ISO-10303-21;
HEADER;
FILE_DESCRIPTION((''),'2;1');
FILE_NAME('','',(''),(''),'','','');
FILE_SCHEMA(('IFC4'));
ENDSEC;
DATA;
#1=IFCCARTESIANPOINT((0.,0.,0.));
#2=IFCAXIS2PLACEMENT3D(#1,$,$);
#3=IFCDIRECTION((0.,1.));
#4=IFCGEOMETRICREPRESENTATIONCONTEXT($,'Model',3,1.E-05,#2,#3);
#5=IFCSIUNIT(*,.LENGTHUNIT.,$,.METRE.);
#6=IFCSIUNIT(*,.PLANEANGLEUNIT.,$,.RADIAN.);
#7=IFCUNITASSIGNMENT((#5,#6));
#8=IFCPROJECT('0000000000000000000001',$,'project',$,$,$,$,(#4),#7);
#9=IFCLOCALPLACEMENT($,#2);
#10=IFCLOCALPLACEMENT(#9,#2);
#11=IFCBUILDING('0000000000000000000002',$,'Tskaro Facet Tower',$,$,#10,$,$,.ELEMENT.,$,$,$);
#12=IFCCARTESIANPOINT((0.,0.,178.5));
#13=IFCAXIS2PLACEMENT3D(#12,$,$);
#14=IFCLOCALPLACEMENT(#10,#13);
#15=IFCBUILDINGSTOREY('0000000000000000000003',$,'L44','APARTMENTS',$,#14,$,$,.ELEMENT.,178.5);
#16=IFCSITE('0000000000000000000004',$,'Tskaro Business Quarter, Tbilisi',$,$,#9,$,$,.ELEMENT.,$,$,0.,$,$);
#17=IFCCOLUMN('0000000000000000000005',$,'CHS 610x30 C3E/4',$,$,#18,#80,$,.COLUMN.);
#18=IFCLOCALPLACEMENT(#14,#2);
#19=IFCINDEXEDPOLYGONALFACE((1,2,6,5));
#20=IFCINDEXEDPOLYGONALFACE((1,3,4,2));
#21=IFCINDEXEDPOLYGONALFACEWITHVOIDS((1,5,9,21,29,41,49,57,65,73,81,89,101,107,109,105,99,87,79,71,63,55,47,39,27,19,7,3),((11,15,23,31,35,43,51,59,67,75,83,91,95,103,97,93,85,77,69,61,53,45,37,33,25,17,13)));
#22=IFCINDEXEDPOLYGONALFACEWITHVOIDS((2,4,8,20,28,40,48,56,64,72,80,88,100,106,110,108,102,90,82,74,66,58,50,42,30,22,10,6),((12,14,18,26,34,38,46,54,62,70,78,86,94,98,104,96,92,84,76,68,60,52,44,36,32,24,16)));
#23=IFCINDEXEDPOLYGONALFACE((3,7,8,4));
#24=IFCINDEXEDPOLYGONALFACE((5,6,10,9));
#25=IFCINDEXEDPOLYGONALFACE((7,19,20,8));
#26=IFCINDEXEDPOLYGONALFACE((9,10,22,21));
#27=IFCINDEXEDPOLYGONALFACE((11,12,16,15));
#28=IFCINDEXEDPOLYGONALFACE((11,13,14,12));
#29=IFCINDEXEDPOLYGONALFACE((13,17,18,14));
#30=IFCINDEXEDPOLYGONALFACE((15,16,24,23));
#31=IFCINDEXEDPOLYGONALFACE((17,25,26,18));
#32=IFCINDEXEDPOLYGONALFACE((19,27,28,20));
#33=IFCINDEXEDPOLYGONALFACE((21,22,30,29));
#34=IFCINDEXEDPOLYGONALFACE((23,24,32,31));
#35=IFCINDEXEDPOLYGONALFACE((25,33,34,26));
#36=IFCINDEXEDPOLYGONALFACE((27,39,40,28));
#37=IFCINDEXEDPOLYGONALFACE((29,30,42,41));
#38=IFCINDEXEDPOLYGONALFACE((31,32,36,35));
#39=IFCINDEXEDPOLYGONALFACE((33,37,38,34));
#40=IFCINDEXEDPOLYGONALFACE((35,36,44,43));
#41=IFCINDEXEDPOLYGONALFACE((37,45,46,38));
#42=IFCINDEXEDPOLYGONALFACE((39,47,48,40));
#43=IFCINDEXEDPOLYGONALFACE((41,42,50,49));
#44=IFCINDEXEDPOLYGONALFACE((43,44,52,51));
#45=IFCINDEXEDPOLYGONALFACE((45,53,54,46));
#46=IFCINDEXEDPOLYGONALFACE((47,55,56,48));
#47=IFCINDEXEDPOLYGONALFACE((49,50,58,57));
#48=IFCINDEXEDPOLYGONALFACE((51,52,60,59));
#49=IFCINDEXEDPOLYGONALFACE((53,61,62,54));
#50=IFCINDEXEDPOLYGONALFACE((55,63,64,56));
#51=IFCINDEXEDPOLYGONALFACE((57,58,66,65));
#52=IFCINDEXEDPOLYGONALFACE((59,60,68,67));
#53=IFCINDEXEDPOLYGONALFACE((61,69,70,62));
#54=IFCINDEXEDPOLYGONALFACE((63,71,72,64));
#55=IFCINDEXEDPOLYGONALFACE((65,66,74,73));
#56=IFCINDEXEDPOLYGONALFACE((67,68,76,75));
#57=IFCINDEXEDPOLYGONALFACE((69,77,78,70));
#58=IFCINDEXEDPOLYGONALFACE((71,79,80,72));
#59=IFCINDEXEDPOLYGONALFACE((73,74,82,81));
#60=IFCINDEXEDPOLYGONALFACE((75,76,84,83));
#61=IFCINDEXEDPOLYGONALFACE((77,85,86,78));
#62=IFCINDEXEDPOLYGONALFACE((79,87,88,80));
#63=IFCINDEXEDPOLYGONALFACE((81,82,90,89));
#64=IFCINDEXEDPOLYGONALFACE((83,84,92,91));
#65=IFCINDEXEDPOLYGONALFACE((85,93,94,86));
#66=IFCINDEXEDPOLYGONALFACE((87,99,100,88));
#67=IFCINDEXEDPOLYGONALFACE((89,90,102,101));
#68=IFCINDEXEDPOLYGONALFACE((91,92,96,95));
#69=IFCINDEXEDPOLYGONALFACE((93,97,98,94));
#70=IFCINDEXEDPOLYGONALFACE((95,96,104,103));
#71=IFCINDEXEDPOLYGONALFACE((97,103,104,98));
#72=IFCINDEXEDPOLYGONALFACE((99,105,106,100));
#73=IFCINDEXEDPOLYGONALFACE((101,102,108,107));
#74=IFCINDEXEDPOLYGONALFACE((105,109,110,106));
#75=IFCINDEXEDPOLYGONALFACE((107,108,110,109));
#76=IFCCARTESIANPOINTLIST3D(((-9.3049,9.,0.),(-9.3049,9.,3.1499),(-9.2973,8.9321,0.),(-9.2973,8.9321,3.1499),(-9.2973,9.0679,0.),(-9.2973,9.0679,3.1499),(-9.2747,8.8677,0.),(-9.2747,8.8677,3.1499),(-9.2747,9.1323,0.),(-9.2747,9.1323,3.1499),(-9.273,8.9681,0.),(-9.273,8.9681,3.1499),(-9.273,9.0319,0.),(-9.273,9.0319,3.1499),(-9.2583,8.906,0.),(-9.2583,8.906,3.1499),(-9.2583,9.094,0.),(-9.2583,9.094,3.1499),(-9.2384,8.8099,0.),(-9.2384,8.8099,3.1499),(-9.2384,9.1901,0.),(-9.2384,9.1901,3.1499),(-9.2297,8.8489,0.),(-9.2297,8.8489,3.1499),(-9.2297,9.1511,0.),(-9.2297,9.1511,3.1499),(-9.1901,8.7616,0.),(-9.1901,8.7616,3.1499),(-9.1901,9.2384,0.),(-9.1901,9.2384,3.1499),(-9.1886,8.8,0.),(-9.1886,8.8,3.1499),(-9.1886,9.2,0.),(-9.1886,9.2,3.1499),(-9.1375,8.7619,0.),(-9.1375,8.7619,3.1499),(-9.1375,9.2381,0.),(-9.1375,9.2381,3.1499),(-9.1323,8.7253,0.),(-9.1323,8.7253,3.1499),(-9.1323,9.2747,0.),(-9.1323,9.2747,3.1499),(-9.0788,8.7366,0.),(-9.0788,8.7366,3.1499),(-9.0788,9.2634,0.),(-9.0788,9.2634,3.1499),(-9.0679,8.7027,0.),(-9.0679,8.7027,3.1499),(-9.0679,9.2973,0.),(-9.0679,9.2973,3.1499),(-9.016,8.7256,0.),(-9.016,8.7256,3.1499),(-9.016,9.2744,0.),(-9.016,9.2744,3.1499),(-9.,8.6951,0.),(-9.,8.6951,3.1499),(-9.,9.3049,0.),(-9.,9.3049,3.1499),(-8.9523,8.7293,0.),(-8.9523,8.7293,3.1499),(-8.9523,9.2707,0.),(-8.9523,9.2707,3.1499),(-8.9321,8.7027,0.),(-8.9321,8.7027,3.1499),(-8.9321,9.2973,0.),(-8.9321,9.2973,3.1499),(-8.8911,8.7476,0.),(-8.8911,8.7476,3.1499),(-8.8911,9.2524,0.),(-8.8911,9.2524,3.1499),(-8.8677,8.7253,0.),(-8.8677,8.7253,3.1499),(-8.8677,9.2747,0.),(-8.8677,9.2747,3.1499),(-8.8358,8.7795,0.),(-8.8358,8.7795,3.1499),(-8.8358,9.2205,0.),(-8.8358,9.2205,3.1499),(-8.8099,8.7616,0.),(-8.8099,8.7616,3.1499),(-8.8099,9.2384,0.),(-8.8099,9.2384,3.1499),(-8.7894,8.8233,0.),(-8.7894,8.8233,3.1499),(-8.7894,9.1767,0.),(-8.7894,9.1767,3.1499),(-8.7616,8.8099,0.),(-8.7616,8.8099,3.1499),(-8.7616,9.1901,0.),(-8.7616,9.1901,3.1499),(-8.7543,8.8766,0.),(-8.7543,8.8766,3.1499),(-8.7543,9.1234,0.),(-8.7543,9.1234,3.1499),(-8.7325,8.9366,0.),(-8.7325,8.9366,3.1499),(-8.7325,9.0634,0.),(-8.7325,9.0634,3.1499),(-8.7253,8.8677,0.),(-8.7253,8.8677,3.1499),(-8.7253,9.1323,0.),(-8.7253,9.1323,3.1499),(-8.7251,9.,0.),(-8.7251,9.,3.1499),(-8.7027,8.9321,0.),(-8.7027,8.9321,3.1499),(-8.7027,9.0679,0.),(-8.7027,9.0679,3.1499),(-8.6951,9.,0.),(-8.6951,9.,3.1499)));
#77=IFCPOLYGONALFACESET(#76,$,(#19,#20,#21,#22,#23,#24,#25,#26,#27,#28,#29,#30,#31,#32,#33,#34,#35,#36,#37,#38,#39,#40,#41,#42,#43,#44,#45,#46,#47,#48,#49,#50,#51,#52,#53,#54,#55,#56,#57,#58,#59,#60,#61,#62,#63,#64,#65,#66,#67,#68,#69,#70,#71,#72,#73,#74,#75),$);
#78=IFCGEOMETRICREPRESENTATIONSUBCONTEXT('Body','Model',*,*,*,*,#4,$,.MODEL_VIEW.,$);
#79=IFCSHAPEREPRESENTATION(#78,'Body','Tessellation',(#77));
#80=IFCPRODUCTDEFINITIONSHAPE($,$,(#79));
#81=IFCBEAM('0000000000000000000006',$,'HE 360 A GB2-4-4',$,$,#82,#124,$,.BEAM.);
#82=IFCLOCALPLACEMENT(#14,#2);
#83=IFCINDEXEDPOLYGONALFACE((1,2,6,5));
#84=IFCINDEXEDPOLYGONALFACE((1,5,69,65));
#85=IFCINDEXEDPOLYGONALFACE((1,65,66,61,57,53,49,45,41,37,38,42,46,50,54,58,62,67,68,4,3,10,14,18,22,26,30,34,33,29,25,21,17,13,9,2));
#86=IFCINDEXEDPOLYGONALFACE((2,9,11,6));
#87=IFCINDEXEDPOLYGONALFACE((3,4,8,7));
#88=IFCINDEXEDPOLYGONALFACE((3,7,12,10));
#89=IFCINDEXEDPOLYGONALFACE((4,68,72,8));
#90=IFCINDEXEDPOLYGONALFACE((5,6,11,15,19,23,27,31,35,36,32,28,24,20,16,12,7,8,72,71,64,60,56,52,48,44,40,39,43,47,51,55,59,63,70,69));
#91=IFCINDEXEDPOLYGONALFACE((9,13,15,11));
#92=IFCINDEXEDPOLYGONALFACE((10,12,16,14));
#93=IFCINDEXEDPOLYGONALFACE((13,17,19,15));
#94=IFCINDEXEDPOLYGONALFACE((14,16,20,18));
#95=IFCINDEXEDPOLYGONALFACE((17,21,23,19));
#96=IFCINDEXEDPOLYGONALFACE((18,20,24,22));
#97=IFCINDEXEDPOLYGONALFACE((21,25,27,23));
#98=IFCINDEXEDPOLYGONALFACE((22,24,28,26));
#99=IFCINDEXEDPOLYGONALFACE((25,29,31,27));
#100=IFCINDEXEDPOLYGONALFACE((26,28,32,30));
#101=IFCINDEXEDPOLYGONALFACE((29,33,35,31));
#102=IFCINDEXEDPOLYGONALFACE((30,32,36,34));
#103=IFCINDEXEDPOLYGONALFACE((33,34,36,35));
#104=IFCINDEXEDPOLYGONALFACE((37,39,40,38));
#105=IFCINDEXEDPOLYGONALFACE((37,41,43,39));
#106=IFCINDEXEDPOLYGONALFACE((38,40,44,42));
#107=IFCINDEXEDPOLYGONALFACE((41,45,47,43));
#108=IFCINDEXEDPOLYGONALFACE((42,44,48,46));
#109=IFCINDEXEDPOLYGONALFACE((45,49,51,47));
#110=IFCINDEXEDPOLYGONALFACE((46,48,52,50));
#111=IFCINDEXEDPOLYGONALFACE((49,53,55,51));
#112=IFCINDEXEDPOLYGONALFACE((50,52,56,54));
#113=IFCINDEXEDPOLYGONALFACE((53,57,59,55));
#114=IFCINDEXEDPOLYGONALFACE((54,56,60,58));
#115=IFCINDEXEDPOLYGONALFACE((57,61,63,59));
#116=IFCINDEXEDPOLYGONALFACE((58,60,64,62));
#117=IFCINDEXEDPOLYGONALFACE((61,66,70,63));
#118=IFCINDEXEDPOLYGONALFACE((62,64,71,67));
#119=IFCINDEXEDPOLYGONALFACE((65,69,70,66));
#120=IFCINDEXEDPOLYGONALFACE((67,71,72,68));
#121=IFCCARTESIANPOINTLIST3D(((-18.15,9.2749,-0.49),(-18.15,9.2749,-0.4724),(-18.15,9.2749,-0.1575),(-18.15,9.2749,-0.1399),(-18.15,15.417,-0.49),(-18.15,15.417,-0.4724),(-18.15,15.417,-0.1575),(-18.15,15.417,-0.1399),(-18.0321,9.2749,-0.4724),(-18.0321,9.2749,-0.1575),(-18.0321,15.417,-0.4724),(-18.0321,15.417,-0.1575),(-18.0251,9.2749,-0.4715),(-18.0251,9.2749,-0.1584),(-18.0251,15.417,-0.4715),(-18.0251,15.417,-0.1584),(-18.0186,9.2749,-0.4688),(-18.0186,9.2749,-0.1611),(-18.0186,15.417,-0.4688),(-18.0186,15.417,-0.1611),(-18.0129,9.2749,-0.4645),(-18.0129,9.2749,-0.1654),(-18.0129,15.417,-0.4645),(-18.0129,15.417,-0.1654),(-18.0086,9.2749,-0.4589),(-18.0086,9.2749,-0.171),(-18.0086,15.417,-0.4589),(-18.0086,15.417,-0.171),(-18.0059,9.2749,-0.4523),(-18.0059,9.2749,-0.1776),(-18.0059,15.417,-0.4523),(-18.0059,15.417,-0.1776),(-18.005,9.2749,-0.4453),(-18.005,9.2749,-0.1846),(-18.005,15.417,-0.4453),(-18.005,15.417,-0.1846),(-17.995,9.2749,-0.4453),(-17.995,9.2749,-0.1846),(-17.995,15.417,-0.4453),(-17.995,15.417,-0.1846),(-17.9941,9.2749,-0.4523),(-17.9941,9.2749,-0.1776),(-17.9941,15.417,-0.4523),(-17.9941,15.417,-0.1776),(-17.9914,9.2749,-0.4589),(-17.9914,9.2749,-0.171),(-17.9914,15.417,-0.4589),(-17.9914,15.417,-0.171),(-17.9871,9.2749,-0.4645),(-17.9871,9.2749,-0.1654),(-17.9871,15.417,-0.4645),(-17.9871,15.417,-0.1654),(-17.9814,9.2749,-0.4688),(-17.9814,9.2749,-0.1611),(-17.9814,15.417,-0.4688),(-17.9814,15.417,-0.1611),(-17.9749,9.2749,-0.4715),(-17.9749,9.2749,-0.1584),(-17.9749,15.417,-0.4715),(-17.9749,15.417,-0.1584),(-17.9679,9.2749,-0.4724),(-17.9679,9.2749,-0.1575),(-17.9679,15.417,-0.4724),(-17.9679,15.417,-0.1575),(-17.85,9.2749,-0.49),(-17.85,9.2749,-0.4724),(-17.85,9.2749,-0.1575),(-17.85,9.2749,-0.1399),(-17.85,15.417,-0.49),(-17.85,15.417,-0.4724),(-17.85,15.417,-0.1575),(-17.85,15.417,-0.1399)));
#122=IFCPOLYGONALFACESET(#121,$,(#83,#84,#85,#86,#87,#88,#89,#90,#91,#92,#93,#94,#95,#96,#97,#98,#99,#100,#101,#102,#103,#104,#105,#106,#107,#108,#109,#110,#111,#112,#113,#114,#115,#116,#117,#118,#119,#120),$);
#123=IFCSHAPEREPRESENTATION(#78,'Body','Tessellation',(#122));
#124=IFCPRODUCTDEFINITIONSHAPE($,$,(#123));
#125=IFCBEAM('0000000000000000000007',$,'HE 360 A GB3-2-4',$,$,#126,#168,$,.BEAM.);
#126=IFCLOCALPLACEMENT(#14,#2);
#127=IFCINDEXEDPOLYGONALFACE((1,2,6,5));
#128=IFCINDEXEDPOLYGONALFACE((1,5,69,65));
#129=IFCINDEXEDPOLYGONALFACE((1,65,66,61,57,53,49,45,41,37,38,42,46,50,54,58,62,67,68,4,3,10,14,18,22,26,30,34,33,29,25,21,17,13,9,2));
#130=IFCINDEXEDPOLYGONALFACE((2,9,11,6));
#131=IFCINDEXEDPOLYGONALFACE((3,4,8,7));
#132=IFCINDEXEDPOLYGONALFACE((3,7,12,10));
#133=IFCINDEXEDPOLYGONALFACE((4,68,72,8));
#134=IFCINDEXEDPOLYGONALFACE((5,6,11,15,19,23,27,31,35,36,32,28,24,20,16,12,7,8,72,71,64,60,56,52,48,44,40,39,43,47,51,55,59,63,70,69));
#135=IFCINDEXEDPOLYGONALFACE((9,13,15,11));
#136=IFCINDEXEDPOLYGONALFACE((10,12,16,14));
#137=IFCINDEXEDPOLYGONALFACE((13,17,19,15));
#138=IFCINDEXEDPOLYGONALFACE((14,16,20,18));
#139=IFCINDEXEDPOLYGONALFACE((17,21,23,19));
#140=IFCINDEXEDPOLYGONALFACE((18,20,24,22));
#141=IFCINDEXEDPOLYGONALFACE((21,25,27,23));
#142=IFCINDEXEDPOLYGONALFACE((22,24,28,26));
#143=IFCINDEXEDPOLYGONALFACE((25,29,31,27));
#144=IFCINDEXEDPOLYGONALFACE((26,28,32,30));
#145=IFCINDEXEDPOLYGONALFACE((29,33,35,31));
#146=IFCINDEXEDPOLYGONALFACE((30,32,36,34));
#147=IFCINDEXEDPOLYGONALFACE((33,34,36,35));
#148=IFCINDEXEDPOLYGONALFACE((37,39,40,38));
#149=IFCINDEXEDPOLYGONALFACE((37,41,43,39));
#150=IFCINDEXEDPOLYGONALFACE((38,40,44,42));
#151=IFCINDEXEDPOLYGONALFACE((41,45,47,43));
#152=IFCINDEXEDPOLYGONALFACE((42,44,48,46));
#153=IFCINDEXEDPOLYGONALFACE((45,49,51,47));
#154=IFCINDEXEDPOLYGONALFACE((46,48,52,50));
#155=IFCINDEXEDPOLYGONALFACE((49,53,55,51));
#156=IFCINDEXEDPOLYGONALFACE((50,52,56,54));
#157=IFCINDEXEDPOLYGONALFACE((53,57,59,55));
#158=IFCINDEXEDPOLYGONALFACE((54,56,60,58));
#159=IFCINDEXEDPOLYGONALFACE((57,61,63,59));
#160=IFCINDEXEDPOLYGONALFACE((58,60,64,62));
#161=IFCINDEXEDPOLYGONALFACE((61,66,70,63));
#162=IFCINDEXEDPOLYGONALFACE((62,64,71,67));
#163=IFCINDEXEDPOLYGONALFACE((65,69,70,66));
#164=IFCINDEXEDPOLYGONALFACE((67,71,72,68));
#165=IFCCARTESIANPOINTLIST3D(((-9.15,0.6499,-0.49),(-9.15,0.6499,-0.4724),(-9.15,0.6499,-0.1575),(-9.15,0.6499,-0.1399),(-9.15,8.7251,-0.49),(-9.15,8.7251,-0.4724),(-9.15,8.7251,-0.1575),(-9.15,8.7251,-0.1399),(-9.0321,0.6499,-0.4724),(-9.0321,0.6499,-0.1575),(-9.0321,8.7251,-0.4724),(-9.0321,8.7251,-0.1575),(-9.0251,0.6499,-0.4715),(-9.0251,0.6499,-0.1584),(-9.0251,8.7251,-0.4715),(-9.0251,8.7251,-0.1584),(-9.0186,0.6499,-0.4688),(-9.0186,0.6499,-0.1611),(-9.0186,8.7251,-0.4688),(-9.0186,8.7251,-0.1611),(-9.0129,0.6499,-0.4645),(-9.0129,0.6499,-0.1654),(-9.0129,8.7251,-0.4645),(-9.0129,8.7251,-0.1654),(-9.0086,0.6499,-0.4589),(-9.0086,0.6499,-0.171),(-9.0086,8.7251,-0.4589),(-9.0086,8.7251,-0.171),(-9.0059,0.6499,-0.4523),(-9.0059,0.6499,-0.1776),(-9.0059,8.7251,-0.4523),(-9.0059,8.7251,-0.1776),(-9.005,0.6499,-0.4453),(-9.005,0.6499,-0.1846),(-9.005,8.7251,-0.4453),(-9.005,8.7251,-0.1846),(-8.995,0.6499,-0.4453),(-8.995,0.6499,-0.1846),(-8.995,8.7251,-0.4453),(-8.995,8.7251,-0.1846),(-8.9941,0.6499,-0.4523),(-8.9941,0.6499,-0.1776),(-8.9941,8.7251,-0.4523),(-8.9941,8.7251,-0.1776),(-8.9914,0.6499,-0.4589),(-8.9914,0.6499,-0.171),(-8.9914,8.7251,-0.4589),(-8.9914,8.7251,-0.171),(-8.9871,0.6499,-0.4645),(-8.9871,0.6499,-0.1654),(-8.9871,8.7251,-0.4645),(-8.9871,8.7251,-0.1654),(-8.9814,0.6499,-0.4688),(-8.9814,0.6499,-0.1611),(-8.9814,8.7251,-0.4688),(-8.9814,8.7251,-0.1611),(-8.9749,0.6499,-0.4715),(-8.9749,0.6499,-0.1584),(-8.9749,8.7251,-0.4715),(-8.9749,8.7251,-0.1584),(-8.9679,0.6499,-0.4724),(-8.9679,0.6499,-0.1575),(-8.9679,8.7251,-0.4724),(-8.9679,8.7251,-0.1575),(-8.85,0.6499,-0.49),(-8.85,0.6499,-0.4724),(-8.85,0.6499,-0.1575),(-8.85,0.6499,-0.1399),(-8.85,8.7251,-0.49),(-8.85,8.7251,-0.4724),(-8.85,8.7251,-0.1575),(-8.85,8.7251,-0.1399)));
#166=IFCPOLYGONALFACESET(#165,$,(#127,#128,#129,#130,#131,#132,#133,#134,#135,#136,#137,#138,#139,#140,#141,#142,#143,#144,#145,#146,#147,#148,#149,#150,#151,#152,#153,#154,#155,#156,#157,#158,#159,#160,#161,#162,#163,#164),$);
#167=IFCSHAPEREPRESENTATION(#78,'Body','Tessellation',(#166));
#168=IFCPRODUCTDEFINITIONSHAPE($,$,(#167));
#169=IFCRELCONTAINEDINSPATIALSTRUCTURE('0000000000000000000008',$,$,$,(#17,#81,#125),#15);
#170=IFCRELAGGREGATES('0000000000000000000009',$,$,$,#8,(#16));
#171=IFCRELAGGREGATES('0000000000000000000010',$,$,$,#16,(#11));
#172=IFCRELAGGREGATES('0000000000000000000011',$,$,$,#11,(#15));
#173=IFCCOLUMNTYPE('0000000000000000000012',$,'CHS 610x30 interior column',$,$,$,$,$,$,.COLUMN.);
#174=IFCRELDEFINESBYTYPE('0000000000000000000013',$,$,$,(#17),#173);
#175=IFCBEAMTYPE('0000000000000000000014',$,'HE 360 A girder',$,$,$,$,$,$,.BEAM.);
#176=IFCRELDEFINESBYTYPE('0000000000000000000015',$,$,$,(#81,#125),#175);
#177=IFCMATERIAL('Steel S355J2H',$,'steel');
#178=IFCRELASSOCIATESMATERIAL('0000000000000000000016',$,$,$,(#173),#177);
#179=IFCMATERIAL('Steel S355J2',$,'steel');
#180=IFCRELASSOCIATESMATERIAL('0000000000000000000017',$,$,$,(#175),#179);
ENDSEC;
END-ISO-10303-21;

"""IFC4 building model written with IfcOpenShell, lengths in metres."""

from ifc_helpers import new_model, si_unit, direction, frame, origin, origin_2d, place, context, subcontext, project, spatial, hollow_circle, i_section, extrude, material, material_profile, profile_set, type_object, element, save


model = new_model("IFC4")

# Units and contexts
model_context = context("Model", 3, precision=1e-05, world=origin(), true_north=direction((0.0, 1.0)))
body_context = subcontext(model_context, "Body", "Model", "MODEL_VIEW")
ifc_project = project(units=[si_unit("LENGTHUNIT", "METRE"), si_unit("PLANEANGLEUNIT", "RADIAN")], contexts=[model_context])

# Site, building, storey
site_placement = place(None, origin())
site = spatial("IfcSite", under=ifc_project, at=site_placement, Name="Tskaro Business Quarter, Tbilisi", CompositionType="ELEMENT", RefElevation=0.0)
building_placement = place(site_placement, origin())
building = spatial("IfcBuilding", under=site, at=building_placement, Name="Tskaro Facet Tower", CompositionType="ELEMENT")
storey_placement = place(building_placement, frame((0.0, 0.0, 178.5)))
storey = spatial("IfcBuildingStorey", under=building, at=storey_placement, Name="L44", Description="APARTMENTS", CompositionType="ELEMENT", Elevation=178.5)

# Column
ifc_material_1 = material(Name="Steel S355J2H", Category="steel")
ifc_material_profile_1 = material_profile(ifc_material_1, hollow_circle(Radius=0.3049, WallThickness=0.03, at=origin_2d()), Name="CHS 610x30")
ifc_profile_set_1 = profile_set([ifc_material_profile_1], Name="Steel S355J2H")
column_type = type_object("IfcColumnType", Name="CHS 610x30 interior column", PredefinedType="COLUMN", material=ifc_profile_set_1)
column_placement = place(storey_placement, frame((-9.0, 9.0, 0.0), z_axis=(0.0, 0.0, 1.0), x_axis=(1.0, 0.0, 0.0)))
element("IfcColumn", 1, at=column_placement, inside=storey, type_object=column_type, Name="CHS 610x30 C3E/4", PredefinedType="COLUMN", context=body_context, shape_type="SweptSolid", body=[
    extrude(hollow_circle(Radius=0.3049, WallThickness=0.03, at=origin_2d()), origin(), (0.0, 0.0, 1.0), 3.1499),
])

# Beams
ifc_material_2 = material(Name="Steel S355J2", Category="steel")
ifc_material_profile_2 = material_profile(ifc_material_2, i_section(OverallWidth=0.3, OverallDepth=0.3501, WebThickness=0.01, FlangeThickness=0.0176, FilletRadius=0.0271, at=origin_2d()), Name="HE 360 A")
ifc_profile_set_2 = profile_set([ifc_material_profile_2], Name="Steel S355J2")
beam_type_1 = type_object("IfcBeamType", Name="HE 360 A girder", PredefinedType="BEAM", material=ifc_profile_set_2)
beam_1_placement = place(storey_placement, frame((-18.0, 9.2749, -0.3149), z_axis=(0.0, 1.0, 0.0), x_axis=(-1.0, 0.0, 0.0)))
element("IfcBeam", 2, at=beam_1_placement, inside=storey, type_object=beam_type_1, Name="HE 360 A GB2-4-4", PredefinedType="BEAM", context=body_context, shape_type="SweptSolid", body=[
    extrude(i_section(OverallWidth=0.3, OverallDepth=0.3501, WebThickness=0.01, FlangeThickness=0.0176, FilletRadius=0.0271, at=origin_2d()), origin(), (0.0, 0.0, 1.0), 6.1421),
])
beam_2_placement = place(storey_placement, frame((-9.0, 0.6499, -0.3149), z_axis=(0.0, 1.0, 0.0), x_axis=(-1.0, 0.0, 0.0)))
element("IfcBeam", 3, at=beam_2_placement, inside=storey, type_object=beam_type_1, Name="HE 360 A GB3-2-4", PredefinedType="BEAM", context=body_context, shape_type="SweptSolid", body=[
    extrude(i_section(OverallWidth=0.3, OverallDepth=0.3501, WebThickness=0.01, FlangeThickness=0.0176, FilletRadius=0.0271, at=origin_2d()), origin(), (0.0, 0.0, 1.0), 8.0752),
])

save(model, "model.ifc")
